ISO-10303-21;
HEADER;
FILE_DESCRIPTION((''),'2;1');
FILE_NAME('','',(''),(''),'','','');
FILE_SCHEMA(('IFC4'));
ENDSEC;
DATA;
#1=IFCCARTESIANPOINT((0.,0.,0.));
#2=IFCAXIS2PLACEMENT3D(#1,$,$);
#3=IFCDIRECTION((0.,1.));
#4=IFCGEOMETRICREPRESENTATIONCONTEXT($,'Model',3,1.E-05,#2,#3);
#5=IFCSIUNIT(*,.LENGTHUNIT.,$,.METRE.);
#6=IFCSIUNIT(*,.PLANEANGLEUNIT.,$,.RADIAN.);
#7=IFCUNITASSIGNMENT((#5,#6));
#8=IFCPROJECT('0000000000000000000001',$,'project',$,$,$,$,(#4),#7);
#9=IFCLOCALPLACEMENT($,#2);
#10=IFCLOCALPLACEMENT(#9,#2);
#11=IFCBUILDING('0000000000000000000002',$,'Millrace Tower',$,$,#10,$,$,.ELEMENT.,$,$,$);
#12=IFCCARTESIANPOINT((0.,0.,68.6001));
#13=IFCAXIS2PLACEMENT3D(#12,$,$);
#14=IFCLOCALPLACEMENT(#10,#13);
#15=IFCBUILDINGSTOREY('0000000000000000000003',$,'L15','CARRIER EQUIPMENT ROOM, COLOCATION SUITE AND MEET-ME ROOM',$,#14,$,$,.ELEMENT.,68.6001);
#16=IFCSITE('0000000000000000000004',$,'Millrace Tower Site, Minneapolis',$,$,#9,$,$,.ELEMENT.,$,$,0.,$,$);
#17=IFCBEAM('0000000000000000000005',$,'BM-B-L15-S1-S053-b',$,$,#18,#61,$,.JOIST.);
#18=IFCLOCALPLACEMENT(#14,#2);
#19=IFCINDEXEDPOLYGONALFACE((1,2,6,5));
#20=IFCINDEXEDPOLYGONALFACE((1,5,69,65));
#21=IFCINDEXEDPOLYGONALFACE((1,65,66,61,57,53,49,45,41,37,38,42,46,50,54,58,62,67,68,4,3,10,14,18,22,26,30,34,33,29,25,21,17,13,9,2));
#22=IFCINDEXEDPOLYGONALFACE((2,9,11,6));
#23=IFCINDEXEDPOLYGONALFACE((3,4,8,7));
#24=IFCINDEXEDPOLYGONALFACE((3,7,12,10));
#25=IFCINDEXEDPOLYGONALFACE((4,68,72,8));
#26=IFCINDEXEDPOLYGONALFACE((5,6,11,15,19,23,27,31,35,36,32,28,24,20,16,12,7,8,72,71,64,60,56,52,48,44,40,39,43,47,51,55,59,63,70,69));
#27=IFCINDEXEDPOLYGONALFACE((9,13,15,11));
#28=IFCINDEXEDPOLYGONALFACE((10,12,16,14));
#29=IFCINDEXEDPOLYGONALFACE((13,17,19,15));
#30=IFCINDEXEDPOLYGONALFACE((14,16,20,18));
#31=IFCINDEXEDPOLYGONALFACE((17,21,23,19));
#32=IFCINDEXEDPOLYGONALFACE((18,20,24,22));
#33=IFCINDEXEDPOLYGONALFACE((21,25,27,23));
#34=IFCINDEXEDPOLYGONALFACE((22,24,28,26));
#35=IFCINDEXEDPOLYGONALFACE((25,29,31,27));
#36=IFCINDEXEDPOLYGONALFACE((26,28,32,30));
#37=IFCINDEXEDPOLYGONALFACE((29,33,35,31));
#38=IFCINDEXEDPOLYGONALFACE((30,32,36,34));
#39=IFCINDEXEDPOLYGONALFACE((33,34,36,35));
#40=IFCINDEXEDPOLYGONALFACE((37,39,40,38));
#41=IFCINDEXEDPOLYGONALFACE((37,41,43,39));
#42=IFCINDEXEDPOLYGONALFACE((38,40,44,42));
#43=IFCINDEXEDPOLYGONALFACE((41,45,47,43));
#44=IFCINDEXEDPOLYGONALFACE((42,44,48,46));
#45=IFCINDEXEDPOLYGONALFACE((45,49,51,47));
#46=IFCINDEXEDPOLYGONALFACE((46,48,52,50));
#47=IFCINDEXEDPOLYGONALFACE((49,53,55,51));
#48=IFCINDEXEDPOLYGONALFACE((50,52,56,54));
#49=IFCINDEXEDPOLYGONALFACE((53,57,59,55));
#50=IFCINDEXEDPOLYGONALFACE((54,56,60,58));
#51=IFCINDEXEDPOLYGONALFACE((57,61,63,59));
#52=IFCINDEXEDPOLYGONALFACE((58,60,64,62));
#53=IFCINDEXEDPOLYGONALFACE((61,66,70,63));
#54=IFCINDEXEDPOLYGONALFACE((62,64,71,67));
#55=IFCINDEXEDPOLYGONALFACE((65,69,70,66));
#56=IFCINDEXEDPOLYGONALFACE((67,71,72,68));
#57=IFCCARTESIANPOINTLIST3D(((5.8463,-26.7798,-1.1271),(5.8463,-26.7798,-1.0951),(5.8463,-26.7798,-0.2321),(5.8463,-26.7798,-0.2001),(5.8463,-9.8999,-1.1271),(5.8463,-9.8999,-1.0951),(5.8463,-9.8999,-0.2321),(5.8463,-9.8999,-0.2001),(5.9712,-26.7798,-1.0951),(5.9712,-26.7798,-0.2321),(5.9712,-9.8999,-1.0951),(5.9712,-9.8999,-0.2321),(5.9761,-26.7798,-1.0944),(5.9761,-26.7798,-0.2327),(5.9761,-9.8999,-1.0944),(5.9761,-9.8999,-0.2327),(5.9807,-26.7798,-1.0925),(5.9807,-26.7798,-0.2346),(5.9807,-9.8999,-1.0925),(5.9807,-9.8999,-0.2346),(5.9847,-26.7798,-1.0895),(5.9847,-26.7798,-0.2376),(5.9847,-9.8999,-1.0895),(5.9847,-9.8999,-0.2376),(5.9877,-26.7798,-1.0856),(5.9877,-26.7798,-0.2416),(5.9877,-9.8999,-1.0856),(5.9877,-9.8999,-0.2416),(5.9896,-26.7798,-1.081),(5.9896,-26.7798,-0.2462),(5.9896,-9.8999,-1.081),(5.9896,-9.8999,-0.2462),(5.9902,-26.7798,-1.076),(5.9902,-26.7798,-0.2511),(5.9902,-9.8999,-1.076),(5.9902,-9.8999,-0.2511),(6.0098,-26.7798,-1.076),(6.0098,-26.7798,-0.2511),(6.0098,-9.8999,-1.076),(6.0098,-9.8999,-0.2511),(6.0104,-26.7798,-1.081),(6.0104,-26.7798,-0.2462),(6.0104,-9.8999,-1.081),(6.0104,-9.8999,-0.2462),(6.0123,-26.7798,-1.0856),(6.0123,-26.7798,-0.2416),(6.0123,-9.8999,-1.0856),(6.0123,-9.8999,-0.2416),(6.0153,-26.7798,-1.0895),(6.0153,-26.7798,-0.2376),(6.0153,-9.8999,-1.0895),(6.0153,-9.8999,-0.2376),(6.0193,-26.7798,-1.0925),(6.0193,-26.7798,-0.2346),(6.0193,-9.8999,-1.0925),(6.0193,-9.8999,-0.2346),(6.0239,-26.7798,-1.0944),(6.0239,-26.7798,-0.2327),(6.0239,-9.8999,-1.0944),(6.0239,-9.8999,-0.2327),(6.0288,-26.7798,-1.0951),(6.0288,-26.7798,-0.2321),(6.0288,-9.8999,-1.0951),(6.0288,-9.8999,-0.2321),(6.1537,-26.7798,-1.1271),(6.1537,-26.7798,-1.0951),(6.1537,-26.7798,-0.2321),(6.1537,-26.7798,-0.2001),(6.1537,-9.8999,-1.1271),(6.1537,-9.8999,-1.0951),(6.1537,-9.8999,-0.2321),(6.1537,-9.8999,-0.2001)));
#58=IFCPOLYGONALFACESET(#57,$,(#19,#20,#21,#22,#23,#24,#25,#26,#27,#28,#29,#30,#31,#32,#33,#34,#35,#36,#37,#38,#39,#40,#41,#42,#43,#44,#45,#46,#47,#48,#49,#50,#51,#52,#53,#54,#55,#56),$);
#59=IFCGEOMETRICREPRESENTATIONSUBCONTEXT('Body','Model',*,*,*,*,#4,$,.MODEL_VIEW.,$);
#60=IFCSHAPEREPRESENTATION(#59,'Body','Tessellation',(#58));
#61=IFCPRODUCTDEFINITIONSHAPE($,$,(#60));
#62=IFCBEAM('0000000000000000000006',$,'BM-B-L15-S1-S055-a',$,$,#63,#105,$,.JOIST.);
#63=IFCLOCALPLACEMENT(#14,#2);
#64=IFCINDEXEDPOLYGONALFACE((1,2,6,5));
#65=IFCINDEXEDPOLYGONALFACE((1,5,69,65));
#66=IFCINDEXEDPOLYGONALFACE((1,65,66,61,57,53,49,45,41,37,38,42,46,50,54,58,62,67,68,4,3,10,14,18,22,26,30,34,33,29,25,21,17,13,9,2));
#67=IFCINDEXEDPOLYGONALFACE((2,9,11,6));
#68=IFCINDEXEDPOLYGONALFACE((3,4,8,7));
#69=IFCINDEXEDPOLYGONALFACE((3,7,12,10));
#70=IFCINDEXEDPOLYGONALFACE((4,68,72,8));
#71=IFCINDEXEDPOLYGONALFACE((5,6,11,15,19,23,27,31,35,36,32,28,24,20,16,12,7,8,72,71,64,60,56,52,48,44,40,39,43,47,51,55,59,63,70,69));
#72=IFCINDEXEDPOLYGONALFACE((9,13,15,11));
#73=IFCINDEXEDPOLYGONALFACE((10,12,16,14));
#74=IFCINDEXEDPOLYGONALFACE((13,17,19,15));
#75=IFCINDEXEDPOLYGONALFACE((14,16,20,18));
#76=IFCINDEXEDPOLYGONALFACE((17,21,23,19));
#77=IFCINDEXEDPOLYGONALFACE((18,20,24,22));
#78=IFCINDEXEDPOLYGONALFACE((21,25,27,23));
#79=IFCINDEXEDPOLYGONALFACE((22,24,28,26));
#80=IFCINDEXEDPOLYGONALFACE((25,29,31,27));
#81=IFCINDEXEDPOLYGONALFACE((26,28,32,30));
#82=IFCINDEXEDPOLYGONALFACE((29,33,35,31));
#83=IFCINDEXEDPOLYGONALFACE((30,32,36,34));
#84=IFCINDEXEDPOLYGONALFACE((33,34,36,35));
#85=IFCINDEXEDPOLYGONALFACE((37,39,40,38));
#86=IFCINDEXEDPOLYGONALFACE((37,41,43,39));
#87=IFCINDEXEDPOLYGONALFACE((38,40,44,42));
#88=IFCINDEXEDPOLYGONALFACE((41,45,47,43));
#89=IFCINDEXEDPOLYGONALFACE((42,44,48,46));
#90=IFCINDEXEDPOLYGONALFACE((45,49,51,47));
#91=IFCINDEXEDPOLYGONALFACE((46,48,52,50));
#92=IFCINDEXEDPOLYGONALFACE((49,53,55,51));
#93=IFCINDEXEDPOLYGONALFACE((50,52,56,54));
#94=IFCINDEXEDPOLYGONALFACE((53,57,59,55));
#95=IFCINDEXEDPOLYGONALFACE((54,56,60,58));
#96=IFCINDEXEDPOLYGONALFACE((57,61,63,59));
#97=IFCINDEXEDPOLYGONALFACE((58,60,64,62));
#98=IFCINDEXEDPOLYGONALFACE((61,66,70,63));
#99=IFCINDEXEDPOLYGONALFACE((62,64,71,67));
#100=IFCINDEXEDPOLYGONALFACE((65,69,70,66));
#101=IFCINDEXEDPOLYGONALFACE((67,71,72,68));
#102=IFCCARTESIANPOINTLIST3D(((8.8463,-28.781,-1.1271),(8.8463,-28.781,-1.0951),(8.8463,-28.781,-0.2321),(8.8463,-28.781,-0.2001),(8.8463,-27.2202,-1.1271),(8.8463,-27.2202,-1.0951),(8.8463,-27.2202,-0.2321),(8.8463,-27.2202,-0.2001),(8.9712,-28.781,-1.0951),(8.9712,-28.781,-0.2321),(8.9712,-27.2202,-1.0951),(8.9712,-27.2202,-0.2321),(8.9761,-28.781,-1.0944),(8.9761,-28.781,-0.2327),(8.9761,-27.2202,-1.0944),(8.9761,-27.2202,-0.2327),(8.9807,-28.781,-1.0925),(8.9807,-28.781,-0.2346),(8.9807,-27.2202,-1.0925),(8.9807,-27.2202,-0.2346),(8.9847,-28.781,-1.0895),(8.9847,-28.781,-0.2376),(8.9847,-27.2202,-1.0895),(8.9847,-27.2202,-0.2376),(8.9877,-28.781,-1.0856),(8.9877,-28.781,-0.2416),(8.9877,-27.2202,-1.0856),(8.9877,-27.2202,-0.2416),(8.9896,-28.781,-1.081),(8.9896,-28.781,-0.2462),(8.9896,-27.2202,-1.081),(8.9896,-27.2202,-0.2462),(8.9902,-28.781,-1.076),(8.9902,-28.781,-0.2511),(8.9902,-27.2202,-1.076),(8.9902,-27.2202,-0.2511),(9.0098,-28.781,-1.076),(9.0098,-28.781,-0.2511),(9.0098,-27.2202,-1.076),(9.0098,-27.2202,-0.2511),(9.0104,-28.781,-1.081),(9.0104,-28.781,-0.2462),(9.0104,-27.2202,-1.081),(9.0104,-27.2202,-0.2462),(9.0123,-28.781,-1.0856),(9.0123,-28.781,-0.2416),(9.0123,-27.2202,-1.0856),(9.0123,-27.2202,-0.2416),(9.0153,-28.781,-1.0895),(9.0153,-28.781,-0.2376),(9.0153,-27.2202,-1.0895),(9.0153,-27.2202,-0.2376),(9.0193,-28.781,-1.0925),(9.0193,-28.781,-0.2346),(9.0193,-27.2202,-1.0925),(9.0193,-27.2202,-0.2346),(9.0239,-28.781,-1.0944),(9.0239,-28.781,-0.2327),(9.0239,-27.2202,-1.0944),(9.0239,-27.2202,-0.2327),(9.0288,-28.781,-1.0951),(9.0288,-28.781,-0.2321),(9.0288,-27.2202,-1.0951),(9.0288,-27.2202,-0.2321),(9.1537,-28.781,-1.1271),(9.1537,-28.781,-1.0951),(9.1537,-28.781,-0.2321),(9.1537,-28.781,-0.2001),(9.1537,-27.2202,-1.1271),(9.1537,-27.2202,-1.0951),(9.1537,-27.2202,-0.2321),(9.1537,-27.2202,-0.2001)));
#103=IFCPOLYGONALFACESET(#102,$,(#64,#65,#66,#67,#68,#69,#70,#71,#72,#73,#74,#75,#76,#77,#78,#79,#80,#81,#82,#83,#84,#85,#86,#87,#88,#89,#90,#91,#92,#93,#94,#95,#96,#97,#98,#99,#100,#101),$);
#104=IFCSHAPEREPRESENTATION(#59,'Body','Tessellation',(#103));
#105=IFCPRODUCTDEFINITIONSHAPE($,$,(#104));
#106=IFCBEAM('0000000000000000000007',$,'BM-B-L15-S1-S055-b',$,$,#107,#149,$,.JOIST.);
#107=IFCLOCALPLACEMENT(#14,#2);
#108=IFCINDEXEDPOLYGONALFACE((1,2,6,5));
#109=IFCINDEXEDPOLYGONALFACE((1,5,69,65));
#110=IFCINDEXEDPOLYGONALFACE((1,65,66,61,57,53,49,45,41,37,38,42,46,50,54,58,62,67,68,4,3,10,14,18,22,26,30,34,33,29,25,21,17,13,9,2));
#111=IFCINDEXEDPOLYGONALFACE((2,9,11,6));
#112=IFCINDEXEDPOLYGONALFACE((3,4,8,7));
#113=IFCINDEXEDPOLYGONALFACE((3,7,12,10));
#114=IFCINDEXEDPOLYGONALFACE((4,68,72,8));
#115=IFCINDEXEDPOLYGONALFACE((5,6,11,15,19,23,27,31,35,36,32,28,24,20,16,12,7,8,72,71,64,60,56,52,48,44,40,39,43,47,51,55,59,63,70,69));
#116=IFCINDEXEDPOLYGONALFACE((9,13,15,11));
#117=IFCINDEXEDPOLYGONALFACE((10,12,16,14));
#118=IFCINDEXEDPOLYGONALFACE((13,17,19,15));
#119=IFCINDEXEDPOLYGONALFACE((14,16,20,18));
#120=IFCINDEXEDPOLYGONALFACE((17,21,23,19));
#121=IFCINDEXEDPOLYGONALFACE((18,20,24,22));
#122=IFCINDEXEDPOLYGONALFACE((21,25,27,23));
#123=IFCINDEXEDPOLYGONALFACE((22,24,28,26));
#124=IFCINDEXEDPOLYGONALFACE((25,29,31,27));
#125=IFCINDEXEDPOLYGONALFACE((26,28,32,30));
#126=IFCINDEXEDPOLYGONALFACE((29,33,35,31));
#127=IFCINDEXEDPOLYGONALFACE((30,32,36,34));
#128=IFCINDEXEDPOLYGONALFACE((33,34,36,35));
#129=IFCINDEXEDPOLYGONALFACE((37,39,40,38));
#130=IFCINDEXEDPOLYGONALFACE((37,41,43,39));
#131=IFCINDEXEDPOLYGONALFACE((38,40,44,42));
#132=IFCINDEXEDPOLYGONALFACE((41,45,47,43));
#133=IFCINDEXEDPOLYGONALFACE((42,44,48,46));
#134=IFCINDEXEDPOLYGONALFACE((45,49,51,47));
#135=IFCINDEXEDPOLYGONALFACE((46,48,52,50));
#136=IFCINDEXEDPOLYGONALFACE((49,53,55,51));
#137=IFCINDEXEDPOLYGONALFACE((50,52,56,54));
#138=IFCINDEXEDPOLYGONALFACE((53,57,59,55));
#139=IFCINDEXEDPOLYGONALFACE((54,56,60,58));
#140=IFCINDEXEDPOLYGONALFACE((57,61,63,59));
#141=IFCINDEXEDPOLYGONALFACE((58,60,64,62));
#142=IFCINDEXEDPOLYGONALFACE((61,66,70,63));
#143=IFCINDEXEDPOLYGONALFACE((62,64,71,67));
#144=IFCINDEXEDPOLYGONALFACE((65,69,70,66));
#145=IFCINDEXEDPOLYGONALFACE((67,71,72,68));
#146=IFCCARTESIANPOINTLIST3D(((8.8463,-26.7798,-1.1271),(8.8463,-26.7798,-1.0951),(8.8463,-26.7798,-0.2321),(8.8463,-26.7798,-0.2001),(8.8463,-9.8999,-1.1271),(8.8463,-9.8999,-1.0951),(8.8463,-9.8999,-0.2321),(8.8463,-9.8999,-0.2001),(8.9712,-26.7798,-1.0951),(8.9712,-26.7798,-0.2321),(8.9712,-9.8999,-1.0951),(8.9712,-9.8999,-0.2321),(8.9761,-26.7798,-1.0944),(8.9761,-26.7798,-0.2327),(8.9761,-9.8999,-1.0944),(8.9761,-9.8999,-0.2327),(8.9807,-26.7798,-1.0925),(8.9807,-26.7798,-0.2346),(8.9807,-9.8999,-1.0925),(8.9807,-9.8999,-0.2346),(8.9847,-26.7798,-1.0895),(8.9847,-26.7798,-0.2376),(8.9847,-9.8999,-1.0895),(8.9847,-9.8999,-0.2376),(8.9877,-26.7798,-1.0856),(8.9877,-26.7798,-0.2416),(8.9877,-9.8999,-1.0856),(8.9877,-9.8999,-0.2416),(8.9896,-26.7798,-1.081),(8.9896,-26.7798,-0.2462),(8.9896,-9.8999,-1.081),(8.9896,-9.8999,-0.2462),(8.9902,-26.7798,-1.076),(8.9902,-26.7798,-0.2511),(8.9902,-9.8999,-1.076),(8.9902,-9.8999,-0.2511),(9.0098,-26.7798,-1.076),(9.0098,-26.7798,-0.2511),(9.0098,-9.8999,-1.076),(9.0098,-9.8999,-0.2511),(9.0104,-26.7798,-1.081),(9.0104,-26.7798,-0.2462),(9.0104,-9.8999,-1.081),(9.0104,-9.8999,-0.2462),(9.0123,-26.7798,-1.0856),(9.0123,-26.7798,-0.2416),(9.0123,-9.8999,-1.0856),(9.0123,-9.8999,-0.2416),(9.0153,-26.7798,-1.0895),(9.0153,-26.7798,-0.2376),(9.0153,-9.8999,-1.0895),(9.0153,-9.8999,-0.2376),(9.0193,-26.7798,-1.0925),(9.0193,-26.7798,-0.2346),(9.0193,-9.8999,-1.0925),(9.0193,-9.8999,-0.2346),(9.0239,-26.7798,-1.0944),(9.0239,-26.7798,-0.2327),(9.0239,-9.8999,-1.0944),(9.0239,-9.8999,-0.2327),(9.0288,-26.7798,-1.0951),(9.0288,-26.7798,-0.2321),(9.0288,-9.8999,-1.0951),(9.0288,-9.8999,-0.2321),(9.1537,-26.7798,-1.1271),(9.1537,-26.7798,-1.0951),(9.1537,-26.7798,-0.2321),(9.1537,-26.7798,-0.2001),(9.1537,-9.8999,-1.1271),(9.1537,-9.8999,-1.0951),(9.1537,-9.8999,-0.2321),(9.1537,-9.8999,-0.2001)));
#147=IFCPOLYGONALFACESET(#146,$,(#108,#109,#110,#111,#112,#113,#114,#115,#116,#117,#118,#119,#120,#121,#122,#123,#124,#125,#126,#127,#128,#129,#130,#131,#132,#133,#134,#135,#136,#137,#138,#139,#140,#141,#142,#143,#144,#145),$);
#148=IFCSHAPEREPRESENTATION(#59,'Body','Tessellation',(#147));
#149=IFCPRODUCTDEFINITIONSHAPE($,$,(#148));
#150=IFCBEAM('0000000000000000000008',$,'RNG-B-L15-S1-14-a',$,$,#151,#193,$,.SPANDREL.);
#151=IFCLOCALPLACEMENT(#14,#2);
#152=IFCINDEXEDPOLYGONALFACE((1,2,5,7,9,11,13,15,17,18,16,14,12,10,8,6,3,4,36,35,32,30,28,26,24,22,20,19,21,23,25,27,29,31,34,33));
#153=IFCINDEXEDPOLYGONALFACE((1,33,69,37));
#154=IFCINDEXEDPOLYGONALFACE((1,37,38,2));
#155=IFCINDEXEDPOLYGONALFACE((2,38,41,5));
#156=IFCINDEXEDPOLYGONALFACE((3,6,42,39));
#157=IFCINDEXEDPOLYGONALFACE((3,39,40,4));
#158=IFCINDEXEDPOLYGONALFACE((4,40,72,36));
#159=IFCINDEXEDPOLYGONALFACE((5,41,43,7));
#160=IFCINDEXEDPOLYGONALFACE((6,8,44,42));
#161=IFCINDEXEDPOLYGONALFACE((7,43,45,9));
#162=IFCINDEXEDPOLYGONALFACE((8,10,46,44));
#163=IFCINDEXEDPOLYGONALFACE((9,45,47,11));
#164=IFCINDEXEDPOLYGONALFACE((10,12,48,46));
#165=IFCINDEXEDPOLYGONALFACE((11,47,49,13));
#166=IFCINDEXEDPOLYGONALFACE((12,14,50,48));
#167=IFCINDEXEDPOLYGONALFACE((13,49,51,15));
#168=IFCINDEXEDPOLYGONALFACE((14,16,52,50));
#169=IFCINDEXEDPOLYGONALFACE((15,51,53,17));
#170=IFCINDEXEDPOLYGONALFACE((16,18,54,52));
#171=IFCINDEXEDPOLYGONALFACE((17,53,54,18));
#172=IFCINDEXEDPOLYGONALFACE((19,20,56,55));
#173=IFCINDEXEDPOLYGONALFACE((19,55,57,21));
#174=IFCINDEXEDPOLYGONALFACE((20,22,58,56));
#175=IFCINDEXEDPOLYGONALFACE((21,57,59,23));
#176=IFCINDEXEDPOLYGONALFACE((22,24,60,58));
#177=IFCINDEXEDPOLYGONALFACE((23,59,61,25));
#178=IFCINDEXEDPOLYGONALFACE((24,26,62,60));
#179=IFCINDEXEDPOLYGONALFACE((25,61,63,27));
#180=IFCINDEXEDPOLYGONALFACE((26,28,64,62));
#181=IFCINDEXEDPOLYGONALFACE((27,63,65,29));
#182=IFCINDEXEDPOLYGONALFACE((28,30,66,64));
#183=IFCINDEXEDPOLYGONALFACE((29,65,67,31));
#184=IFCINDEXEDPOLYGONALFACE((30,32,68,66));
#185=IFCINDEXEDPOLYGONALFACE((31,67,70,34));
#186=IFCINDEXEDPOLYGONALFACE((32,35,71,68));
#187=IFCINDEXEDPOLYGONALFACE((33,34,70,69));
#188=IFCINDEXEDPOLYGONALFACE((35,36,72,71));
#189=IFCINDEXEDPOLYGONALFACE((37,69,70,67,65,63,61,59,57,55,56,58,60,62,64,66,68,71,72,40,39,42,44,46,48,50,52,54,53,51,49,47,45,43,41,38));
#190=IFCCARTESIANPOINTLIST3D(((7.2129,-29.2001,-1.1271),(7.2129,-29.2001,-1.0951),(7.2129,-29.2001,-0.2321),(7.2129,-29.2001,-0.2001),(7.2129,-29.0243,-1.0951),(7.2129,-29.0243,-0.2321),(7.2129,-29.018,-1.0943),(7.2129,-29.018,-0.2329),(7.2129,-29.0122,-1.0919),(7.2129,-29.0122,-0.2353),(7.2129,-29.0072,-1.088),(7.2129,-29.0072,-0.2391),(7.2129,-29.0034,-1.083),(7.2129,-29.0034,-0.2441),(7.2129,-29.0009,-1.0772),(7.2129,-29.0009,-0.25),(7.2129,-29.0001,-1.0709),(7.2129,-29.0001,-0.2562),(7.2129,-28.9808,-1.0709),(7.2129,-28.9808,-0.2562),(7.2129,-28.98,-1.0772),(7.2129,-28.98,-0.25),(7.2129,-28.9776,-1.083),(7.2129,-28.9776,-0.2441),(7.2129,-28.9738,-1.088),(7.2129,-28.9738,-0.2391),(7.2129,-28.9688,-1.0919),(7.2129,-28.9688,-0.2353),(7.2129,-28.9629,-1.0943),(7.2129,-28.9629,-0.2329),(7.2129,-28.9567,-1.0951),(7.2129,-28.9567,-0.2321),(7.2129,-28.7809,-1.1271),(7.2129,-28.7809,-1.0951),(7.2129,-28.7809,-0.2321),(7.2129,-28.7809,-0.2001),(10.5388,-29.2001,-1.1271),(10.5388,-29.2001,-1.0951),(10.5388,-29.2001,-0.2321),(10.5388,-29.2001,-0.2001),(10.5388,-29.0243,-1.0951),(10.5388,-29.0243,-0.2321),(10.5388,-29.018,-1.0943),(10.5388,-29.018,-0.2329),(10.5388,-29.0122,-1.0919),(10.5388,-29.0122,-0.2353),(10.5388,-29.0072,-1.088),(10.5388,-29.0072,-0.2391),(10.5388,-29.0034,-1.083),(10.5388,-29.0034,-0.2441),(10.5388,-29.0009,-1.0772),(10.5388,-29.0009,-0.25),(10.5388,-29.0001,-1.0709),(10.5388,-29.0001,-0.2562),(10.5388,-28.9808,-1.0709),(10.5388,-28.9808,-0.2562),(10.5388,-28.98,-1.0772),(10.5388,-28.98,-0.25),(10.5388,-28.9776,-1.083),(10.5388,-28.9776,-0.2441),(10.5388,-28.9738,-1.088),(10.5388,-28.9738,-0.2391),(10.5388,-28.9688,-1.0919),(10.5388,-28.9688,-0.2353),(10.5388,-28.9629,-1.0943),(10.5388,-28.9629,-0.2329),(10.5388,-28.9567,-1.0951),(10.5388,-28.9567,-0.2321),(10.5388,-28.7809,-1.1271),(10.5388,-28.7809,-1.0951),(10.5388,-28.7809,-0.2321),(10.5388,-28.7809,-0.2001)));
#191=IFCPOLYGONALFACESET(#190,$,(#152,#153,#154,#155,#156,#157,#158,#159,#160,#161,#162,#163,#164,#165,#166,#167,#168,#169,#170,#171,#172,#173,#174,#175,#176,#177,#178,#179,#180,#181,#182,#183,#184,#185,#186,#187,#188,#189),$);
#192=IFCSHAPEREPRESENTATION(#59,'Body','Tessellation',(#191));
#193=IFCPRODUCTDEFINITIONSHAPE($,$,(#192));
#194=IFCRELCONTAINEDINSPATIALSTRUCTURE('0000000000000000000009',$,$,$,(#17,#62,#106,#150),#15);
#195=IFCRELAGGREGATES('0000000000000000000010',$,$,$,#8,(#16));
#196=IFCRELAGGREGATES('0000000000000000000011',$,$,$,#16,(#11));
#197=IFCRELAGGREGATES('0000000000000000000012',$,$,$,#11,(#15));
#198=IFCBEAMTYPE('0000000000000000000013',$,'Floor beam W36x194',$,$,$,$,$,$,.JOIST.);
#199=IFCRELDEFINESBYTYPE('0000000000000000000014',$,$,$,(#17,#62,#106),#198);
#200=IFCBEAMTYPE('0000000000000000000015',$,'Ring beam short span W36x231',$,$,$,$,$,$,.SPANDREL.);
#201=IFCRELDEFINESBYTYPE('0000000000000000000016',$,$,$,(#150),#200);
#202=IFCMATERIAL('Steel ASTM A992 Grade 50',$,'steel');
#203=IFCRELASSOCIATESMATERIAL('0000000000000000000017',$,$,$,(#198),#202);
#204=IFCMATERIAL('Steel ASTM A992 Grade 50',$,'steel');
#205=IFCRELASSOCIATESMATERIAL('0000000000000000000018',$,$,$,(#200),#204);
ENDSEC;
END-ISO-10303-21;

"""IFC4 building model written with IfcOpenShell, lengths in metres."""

from ifc_helpers import new_model, si_unit, direction, frame, origin, origin_2d, place, context, subcontext, project, spatial, i_section, extrude, material, material_profile, profile_set, type_object, element, save


model = new_model("IFC4")

# Units and contexts
model_context = context("Model", 3, precision=1e-05, world=origin(), true_north=direction((0.0, 1.0)))
body_context = subcontext(model_context, "Body", "Model", "MODEL_VIEW")
ifc_project = project(units=[si_unit("LENGTHUNIT", "METRE"), si_unit("PLANEANGLEUNIT", "RADIAN")], contexts=[model_context])

# Site, building, storey
site_placement = place(None, origin())
site = spatial("IfcSite", under=ifc_project, at=site_placement, Name="Millrace Tower Site, Minneapolis", CompositionType="ELEMENT", RefElevation=0.0)
building_placement = place(site_placement, origin())
building = spatial("IfcBuilding", under=site, at=building_placement, Name="Millrace Tower", CompositionType="ELEMENT")
storey_placement = place(building_placement, frame((0.0, 0.0, 68.6001)))
storey = spatial("IfcBuildingStorey", under=building, at=storey_placement, Name="L15", Description="CARRIER EQUIPMENT ROOM, COLOCATION SUITE AND MEET-ME ROOM", CompositionType="ELEMENT", Elevation=68.6001)

# Beams
ifc_material_1 = material(Name="Steel ASTM A992 Grade 50", Category="steel")
ifc_material_profile_1 = material_profile(ifc_material_1, i_section(OverallWidth=0.3074, OverallDepth=0.927, WebThickness=0.0195, FlangeThickness=0.032, FilletRadius=0.019, at=origin_2d()))
ifc_profile_set_1 = profile_set([ifc_material_profile_1], Name="Steel ASTM A992 Grade 50")
beam_type_1 = type_object("IfcBeamType", Name="Floor beam W36x194", PredefinedType="JOIST", material=ifc_profile_set_1)
beam_1_placement = place(storey_placement, frame((6.0, -26.7798, -0.6636), z_axis=(0.0, 1.0, 0.0), x_axis=(-1.0, 0.0, 0.0)))
element("IfcBeam", 1, at=beam_1_placement, inside=storey, type_object=beam_type_1, Name="BM-B-L15-S1-S053-b", PredefinedType="JOIST", context=body_context, shape_type="SweptSolid", body=[
    extrude(i_section(OverallWidth=0.3074, OverallDepth=0.927, WebThickness=0.0195, FlangeThickness=0.032, FilletRadius=0.019, at=origin_2d()), origin(), (0.0, 0.0, 1.0), 16.8799),
])
beam_2_placement = place(storey_placement, frame((9.0, -28.781, -0.6636), z_axis=(0.0, 1.0, 0.0), x_axis=(-1.0, 0.0, 0.0)))
element("IfcBeam", 2, at=beam_2_placement, inside=storey, type_object=beam_type_1, Name="BM-B-L15-S1-S055-a", PredefinedType="JOIST", context=body_context, shape_type="SweptSolid", body=[
    extrude(i_section(OverallWidth=0.3074, OverallDepth=0.927, WebThickness=0.0195, FlangeThickness=0.032, FilletRadius=0.019, at=origin_2d()), origin(), (0.0, 0.0, 1.0), 1.5608),
])
beam_3_placement = place(storey_placement, frame((9.0, -26.7798, -0.6636), z_axis=(0.0, 1.0, 0.0), x_axis=(-1.0, 0.0, 0.0)))
element("IfcBeam", 3, at=beam_3_placement, inside=storey, type_object=beam_type_1, Name="BM-B-L15-S1-S055-b", PredefinedType="JOIST", context=body_context, shape_type="SweptSolid", body=[
    extrude(i_section(OverallWidth=0.3074, OverallDepth=0.927, WebThickness=0.0195, FlangeThickness=0.032, FilletRadius=0.019, at=origin_2d()), origin(), (0.0, 0.0, 1.0), 16.8799),
])
ifc_material_2 = material(Name="Steel ASTM A992 Grade 50", Category="steel")
ifc_material_profile_2 = material_profile(ifc_material_2, i_section(OverallWidth=0.4192, OverallDepth=0.927, WebThickness=0.0193, FlangeThickness=0.032, FilletRadius=0.0242, at=origin_2d()))
ifc_profile_set_2 = profile_set([ifc_material_profile_2], Name="Steel ASTM A992 Grade 50")
beam_type_2 = type_object("IfcBeamType", Name="Ring beam short span W36x231", PredefinedType="SPANDREL", material=ifc_profile_set_2)
beam_4_placement = place(storey_placement, frame((10.5388, -28.9905, -0.6636), z_axis=(-1.0, 0.0, 0.0), x_axis=(0.0, -1.0, 0.0)))
element("IfcBeam", 4, at=beam_4_placement, inside=storey, type_object=beam_type_2, Name="RNG-B-L15-S1-14-a", PredefinedType="SPANDREL", context=body_context, shape_type="SweptSolid", body=[
    extrude(i_section(OverallWidth=0.4192, OverallDepth=0.927, WebThickness=0.0193, FlangeThickness=0.032, FilletRadius=0.0242, at=origin_2d()), origin(), (0.0, 0.0, 1.0), 3.3259),
])

save(model, "model.ifc")
